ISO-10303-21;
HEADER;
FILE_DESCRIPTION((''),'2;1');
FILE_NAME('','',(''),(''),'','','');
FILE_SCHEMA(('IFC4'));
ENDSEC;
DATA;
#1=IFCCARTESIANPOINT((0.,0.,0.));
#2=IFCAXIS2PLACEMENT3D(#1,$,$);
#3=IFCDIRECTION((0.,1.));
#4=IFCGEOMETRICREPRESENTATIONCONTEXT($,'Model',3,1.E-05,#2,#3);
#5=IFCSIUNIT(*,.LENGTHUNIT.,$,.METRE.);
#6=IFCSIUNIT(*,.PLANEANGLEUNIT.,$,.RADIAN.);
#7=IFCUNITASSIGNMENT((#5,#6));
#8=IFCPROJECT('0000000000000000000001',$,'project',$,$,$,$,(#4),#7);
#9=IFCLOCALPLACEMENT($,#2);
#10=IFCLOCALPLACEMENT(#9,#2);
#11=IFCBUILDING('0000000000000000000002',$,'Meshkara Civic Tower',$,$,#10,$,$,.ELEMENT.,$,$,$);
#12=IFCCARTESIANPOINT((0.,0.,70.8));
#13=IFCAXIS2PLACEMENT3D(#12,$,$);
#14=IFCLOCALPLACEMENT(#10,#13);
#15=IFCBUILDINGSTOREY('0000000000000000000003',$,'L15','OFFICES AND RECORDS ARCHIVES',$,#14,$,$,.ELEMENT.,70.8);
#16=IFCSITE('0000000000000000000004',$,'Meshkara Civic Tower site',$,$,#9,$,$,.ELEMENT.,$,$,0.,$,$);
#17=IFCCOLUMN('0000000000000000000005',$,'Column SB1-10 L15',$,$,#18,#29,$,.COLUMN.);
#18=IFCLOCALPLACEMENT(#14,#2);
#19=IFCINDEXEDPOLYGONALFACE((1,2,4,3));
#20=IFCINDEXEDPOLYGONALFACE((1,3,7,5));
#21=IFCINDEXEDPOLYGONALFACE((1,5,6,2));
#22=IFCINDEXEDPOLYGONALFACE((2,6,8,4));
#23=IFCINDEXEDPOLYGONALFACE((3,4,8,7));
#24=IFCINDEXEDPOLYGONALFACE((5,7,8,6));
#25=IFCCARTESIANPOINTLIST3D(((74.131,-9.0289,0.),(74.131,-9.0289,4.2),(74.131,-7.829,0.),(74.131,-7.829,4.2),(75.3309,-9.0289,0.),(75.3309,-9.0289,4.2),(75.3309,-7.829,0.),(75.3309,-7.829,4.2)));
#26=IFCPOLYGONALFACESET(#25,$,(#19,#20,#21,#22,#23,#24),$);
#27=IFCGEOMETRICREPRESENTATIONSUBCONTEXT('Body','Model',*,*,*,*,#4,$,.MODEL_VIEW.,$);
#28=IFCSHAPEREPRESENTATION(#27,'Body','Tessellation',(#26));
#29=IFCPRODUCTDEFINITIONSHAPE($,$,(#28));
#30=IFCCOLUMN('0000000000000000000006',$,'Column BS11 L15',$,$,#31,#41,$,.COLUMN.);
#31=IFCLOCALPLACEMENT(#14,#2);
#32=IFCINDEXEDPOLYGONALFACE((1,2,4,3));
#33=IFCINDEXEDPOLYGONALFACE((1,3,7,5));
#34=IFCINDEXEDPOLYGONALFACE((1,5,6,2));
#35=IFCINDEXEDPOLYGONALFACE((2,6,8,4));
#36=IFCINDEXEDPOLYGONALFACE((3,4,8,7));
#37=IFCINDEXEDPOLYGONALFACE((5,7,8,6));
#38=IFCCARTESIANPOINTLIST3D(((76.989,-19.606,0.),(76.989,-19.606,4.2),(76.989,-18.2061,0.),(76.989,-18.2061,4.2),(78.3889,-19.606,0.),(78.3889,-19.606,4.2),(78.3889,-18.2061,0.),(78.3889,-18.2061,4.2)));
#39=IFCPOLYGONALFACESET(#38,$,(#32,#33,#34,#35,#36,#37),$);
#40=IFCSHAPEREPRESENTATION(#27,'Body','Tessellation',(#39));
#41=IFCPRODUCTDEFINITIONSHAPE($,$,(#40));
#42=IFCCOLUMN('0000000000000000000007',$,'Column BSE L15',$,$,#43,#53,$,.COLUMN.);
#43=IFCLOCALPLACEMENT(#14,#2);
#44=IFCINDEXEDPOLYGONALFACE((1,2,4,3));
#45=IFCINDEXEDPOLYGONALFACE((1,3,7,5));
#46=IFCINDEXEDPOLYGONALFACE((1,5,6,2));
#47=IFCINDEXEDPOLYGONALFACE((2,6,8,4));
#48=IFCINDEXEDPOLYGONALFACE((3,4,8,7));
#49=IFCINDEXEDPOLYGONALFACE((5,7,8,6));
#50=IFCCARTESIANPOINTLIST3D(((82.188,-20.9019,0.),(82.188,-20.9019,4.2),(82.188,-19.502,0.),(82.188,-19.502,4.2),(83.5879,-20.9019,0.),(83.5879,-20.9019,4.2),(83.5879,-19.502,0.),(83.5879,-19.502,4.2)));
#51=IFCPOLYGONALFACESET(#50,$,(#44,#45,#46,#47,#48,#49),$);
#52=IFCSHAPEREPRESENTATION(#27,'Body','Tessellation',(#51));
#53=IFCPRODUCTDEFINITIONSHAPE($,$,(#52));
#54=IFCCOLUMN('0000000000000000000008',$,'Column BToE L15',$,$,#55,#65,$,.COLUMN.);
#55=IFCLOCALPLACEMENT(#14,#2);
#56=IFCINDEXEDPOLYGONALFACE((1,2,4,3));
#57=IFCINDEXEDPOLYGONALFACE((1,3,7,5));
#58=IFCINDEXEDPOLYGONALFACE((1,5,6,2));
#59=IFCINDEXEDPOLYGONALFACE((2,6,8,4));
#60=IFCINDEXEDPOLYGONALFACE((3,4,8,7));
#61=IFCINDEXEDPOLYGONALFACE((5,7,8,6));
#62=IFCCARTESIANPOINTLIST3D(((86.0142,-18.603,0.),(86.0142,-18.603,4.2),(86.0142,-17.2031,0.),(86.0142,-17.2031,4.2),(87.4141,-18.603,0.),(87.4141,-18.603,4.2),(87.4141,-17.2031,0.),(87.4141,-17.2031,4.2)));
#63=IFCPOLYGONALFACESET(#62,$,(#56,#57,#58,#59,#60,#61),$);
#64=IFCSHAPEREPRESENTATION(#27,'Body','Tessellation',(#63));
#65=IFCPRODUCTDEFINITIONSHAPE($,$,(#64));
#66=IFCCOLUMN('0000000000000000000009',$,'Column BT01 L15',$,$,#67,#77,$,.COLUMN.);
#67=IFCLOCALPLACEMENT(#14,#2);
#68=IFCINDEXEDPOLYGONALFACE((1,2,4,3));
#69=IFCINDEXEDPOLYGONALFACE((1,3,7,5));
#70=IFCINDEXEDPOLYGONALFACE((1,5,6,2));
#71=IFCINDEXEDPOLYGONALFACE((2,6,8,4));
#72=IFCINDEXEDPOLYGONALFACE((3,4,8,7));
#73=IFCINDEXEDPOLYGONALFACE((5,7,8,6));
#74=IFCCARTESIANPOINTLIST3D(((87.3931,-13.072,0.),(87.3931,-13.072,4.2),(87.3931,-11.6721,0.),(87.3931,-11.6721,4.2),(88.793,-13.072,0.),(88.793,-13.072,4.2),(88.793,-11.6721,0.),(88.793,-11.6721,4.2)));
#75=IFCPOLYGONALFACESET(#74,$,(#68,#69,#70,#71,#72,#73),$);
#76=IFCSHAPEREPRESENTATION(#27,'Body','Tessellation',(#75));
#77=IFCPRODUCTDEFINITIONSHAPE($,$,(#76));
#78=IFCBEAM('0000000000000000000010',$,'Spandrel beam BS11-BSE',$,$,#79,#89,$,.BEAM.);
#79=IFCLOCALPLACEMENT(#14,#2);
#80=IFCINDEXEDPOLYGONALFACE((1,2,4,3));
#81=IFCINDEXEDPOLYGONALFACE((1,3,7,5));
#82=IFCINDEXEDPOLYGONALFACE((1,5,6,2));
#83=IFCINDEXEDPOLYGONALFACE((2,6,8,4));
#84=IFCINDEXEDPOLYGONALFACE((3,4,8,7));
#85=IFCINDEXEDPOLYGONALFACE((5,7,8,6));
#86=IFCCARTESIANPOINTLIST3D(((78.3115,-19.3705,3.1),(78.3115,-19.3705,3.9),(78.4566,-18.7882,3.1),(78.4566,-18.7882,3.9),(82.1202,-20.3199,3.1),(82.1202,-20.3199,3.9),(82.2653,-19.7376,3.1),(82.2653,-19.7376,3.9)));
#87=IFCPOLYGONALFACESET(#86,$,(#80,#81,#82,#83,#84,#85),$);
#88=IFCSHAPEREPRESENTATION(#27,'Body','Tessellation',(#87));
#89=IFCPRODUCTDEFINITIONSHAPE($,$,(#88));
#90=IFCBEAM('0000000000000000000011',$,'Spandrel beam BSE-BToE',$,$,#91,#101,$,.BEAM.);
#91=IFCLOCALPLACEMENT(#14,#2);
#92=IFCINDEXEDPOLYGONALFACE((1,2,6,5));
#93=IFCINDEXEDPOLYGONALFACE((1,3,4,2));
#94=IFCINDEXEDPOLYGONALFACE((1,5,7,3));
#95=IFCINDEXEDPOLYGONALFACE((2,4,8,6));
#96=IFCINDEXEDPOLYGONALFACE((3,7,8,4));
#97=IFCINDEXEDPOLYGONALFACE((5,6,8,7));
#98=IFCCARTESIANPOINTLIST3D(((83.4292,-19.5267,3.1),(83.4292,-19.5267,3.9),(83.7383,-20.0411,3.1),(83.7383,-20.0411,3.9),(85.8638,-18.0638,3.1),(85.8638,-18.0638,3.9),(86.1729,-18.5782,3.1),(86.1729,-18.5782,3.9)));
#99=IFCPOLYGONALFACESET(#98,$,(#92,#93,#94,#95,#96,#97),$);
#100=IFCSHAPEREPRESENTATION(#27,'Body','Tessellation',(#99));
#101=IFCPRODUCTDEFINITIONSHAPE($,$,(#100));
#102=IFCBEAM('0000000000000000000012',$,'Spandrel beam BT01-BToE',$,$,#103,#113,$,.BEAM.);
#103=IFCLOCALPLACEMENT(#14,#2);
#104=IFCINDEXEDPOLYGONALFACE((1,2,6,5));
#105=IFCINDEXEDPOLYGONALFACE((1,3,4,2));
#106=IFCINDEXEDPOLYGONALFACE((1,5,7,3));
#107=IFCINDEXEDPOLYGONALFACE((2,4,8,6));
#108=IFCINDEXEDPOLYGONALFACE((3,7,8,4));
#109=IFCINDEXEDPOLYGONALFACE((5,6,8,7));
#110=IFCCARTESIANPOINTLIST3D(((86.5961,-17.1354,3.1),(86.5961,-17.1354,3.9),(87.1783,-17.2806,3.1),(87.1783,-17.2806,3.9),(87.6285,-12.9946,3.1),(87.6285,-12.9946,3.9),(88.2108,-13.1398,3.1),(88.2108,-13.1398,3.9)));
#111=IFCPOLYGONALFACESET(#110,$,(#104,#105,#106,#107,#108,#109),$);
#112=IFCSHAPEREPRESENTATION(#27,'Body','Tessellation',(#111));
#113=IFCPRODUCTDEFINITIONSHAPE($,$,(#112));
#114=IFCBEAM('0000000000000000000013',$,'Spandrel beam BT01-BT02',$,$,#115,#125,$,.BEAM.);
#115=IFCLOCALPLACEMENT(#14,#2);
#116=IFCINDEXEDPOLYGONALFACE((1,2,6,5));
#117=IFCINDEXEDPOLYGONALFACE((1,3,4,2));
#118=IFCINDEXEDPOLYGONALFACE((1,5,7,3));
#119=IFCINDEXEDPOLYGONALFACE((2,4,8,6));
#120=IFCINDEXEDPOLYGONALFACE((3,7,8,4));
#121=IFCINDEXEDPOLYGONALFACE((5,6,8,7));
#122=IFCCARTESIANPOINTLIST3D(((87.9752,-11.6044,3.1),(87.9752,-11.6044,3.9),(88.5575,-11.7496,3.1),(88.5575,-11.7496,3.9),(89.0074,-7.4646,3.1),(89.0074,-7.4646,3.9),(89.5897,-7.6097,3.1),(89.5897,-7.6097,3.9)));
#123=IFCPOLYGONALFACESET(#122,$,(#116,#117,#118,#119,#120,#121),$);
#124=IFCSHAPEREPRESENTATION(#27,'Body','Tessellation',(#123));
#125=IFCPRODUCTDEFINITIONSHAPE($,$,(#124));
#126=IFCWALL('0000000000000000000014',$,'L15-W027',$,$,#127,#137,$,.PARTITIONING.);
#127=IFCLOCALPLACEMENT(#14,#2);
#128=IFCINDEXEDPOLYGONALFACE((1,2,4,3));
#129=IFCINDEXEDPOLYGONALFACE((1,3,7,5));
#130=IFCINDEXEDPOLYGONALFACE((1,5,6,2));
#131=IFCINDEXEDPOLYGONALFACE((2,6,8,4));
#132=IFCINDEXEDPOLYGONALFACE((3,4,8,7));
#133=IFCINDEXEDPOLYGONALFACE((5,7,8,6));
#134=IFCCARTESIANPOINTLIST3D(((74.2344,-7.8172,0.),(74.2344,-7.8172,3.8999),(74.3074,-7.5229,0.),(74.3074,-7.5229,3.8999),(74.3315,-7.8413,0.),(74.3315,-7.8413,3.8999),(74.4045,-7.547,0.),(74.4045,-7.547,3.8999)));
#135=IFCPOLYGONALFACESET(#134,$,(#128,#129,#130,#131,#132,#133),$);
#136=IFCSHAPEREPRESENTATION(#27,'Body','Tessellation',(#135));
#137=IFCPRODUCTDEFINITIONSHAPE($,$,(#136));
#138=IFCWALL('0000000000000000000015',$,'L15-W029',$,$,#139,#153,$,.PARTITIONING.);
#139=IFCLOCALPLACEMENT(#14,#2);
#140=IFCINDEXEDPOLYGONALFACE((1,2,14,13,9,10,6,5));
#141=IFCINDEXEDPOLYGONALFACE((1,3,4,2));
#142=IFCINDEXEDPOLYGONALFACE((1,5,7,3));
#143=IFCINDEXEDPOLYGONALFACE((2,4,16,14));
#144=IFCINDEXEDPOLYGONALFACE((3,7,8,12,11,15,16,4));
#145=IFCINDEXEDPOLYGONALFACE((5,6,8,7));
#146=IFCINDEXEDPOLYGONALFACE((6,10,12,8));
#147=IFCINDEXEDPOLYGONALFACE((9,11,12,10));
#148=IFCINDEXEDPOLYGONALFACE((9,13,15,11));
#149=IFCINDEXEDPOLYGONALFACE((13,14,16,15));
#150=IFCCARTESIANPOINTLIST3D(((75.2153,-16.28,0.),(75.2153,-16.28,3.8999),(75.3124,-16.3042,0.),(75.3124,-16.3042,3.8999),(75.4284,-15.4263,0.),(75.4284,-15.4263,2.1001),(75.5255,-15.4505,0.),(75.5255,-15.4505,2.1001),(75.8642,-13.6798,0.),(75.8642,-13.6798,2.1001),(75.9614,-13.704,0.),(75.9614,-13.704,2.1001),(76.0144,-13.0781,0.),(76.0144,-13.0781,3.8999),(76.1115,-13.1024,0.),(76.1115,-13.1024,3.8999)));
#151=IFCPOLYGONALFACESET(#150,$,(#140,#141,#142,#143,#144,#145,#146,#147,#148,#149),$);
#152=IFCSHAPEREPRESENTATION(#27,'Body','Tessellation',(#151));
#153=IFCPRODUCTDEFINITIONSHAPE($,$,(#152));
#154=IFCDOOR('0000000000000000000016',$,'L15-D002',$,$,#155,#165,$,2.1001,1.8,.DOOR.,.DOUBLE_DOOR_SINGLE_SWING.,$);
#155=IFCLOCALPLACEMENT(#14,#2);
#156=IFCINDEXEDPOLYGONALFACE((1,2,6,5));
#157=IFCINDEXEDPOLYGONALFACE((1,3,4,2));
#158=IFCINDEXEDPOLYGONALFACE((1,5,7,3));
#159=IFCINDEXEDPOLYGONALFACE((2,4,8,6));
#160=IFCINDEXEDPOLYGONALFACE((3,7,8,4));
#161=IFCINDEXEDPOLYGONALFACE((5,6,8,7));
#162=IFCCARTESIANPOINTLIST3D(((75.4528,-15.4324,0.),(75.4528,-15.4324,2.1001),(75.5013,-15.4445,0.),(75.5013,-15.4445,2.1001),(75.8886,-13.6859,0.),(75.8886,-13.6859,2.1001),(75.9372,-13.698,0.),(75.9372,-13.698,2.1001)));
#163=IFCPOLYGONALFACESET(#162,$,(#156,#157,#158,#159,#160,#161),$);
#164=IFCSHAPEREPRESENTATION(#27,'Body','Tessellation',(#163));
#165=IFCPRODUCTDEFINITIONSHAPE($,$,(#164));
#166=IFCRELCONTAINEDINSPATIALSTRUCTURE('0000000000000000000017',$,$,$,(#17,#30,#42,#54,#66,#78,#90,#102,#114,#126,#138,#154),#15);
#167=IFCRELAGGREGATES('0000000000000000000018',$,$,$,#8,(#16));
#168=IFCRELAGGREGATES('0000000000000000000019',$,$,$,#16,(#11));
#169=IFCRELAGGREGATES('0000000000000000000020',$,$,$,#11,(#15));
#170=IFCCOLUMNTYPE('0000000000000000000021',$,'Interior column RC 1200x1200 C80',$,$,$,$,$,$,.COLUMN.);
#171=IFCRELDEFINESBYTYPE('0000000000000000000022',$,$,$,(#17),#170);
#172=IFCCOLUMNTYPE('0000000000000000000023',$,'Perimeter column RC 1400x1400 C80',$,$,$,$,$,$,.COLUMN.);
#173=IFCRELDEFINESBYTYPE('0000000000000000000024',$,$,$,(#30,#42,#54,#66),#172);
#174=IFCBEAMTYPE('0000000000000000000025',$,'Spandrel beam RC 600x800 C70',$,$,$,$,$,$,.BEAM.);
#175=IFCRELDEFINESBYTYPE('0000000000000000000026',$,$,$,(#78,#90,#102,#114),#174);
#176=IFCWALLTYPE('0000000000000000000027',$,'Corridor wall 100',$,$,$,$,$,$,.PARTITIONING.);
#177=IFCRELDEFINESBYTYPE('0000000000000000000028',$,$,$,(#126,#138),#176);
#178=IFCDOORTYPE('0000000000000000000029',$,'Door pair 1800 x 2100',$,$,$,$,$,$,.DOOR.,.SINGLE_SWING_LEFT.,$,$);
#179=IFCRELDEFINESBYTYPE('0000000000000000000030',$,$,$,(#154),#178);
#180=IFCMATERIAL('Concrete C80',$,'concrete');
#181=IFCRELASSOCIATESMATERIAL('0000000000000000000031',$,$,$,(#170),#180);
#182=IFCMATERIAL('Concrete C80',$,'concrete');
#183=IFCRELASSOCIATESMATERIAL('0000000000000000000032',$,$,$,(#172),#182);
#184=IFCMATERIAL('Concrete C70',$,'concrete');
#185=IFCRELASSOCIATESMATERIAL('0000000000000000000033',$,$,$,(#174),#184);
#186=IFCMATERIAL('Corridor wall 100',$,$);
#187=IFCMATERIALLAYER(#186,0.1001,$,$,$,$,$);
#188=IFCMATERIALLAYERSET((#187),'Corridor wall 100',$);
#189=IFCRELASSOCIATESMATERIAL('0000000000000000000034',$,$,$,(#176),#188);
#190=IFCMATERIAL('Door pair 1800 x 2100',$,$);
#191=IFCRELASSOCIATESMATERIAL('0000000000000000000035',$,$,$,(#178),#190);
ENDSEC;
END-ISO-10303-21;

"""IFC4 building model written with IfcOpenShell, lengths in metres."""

from ifc_helpers import new_model, si_unit, direction, frame, frame_2d, origin, origin_2d, place, context, subcontext, project, spatial, rectangle, extrude, material, layer, layer_set, material_profile, profile_set, type_object, element, fill, save


model = new_model("IFC4")

# Units and contexts
model_context = context("Model", 3, precision=1e-05, world=origin(), true_north=direction((0.0, 1.0)))
body_context = subcontext(model_context, "Body", "Model", "MODEL_VIEW")
ifc_project = project(units=[si_unit("LENGTHUNIT", "METRE"), si_unit("PLANEANGLEUNIT", "RADIAN")], contexts=[model_context])

# Site, building, storey
site_placement = place(None, origin())
site = spatial("IfcSite", under=ifc_project, at=site_placement, Name="Meshkara Civic Tower site", CompositionType="ELEMENT", RefElevation=0.0)
building_placement = place(site_placement, origin())
building = spatial("IfcBuilding", under=site, at=building_placement, Name="Meshkara Civic Tower", CompositionType="ELEMENT")
storey_placement = place(building_placement, frame((0.0, 0.0, 70.8)))
storey = spatial("IfcBuildingStorey", under=building, at=storey_placement, Name="L15", Description="OFFICES AND RECORDS ARCHIVES", CompositionType="ELEMENT", Elevation=70.8)

# Columns
ifc_material_1 = material(Name="Concrete C80", Category="concrete")
ifc_material_profile_1 = material_profile(ifc_material_1, rectangle(XDim=1.2, YDim=1.2, at=origin_2d()))
ifc_profile_set_1 = profile_set([ifc_material_profile_1], Name="Concrete C80")
column_type_1 = type_object("IfcColumnType", Name="Interior column RC 1200x1200 C80", PredefinedType="COLUMN", material=ifc_profile_set_1)
column_placement = place(storey_placement, frame((74.731, -8.429, 0.0), z_axis=(0.0, 0.0, 1.0), x_axis=(1.0, 0.0, 0.0)))
element("IfcColumn", 1, at=column_placement, inside=storey, type_object=column_type_1, Name="Column SB1-10 L15", PredefinedType="COLUMN", context=body_context, shape_type="SweptSolid", body=[
    extrude(rectangle(XDim=1.2, YDim=1.2, at=origin_2d()), origin(), (0.0, 0.0, 1.0), 4.2),
])
ifc_material_2 = material(Name="Concrete C80", Category="concrete")
ifc_material_profile_2 = material_profile(ifc_material_2, rectangle(XDim=1.3999, YDim=1.3999, at=origin_2d()))
ifc_profile_set_2 = profile_set([ifc_material_profile_2], Name="Concrete C80")
column_type_2 = type_object("IfcColumnType", Name="Perimeter column RC 1400x1400 C80", PredefinedType="COLUMN", material=ifc_profile_set_2)
for number, where, z_axis, x_axis, name in (
    (2, (77.689, -18.906, 0.0), (0.0, 0.0, 1.0), (1.0, 0.0, 0.0), "Column BS11 L15"),
    (3, (82.8879, -20.2019, 0.0), (0.0, 0.0, 1.0), (1.0, 0.0, 0.0), "Column BSE L15"),
    (4, (86.7141, -17.9031, 0.0), (0.0, 0.0, 1.0), (1.0, 0.0, 0.0), "Column BToE L15"),
    (5, (88.093, -12.3721, 0.0), (0.0, 0.0, 1.0), (1.0, 0.0, 0.0), "Column BT01 L15"),
):
    element("IfcColumn", number, at=place(storey_placement, frame(where, z_axis=z_axis, x_axis=x_axis)), inside=storey, type_object=column_type_2, Name=name, PredefinedType="COLUMN", context=body_context, shape_type="SweptSolid", body=[
        extrude(rectangle(XDim=1.3999, YDim=1.3999, at=origin_2d()), origin(), (0.0, 0.0, 1.0), 4.2),
    ])

# Beams
ifc_material_3 = material(Name="Concrete C70", Category="concrete")
ifc_material_profile_3 = material_profile(ifc_material_3, rectangle(XDim=0.6001, YDim=0.8, at=origin_2d()))
ifc_profile_set_3 = profile_set([ifc_material_profile_3], Name="Concrete C70")
beam_type = type_object("IfcBeamType", Name="Spandrel beam RC 600x800 C70", PredefinedType="BEAM", material=ifc_profile_set_3)
beam_1_placement = place(storey_placement, frame((78.384, -19.0793, 3.5), z_axis=(0.970307, -0.241877, 0.0), x_axis=(0.241877, 0.970307, 0.0)))
element("IfcBeam", 6, at=beam_1_placement, inside=storey, type_object=beam_type, Name="Spandrel beam BS11-BSE", PredefinedType="BEAM", context=body_context, shape_type="SweptSolid", body=[
    extrude(rectangle(XDim=0.6001, YDim=0.8, at=origin_2d()), origin(), (0.0, 0.0, 1.0), 3.9253),
])
beam_2_placement = place(storey_placement, frame((83.5837, -19.7839, 3.5), z_axis=(0.857159, 0.515052, 0.0), x_axis=(-0.515052, 0.857159, 0.0)))
element("IfcBeam", 7, at=beam_2_placement, inside=storey, type_object=beam_type, Name="Spandrel beam BSE-BToE", PredefinedType="BEAM", context=body_context, shape_type="SweptSolid", body=[
    extrude(rectangle(XDim=0.6001, YDim=0.8, at=origin_2d()), origin(), (0.0, 0.0, 1.0), 2.8403),
])
beam_3_placement = place(storey_placement, frame((86.8872, -17.208, 3.5), z_axis=(0.24193, 0.970294, 0.0), x_axis=(-0.970294, 0.24193, 0.0)))
element("IfcBeam", 8, at=beam_3_placement, inside=storey, type_object=beam_type, Name="Spandrel beam BT01-BToE", PredefinedType="BEAM", context=body_context, shape_type="SweptSolid", body=[
    extrude(rectangle(XDim=0.6001, YDim=0.8, at=origin_2d()), origin(), (0.0, 0.0, 1.0), 4.2676),
])
beam_4_placement = place(storey_placement, frame((88.2664, -11.677, 3.5), z_axis=(0.24193, 0.970294, 0.0), x_axis=(-0.970294, 0.24193, 0.0)))
element("IfcBeam", 9, at=beam_4_placement, inside=storey, type_object=beam_type, Name="Spandrel beam BT01-BT02", PredefinedType="BEAM", context=body_context, shape_type="SweptSolid", body=[
    extrude(rectangle(XDim=0.6001, YDim=0.8, at=origin_2d()), origin(), (0.0, 0.0, 1.0), 4.2666),
])

# Wall
ifc_material_4 = material(Name="Corridor wall 100")
ifc_layer_1 = layer(ifc_material_4, 0.1001)
ifc_layer_set_1 = layer_set([ifc_layer_1], Name="Corridor wall 100")
wall_type_1 = type_object("IfcWallType", Name="Corridor wall 100", PredefinedType="PARTITIONING", material=ifc_layer_set_1)
wall_1_placement = place(storey_placement, frame((74.356, -7.5349, 0.0), z_axis=(0.0, 0.0, 1.0), x_axis=(-0.24083, -0.970567, 0.0)))
element("IfcWall", 10, at=wall_1_placement, inside=storey, type_object=wall_type_1, Name="L15-W027", PredefinedType="PARTITIONING", context=body_context, shape_type="SweptSolid", body=[
    extrude(rectangle(XDim=0.3032, YDim=0.1001, at=frame_2d((0.1516, 0.0))), origin(), (0.0, 0.0, 1.0), 3.8999),
])

# Wall, opening, door
wall_2_placement = place(storey_placement, frame((75.2639, -16.292, 0.0), z_axis=(0.0, 0.0, 1.0), x_axis=(0.242135, 0.970243, 0.0)))
wall_2 = element("IfcWall", 11, at=wall_2_placement, inside=storey, type_object=wall_type_1, Name="L15-W029", PredefinedType="PARTITIONING", context=body_context, shape_type="SweptSolid", body=[
    extrude(rectangle(XDim=3.3, YDim=0.1001, at=frame_2d((1.6499, 0.0))), origin(), (0.0, 0.0, 1.0), 3.8999),
])
opening_1_placement = place(wall_2_placement, frame((0.8799, 0.0, 0.0)))
opening_1 = element("IfcOpeningElement", 12, at=opening_1_placement, cuts=wall_2, PredefinedType="OPENING", context=body_context, shape_type="SweptSolid", body=[
    extrude(rectangle(XDim=1.8, YDim=2.1001, at=frame_2d((0.8999, 1.05))), frame((0.0, 0.0601, 0.0), z_axis=(0.0, -1.0, 0.0), x_axis=(1.0, 0.0, 0.0)), (0.0, 0.0, 1.0), 0.1201),
])
ifc_material_5 = material(Name="Door pair 1800 x 2100")
door_type_1 = type_object("IfcDoorType", Name="Door pair 1800 x 2100", OperationType="SINGLE_SWING_LEFT", PredefinedType="DOOR", material=ifc_material_5)
door_1_placement = place(opening_1_placement, origin())
door_1 = element("IfcDoor", 13, at=door_1_placement, inside=storey, type_object=door_type_1, Name="L15-D002", OperationType="DOUBLE_DOOR_SINGLE_SWING", OverallHeight=2.1001, OverallWidth=1.8, PredefinedType="DOOR", context=body_context, shape_type="SweptSolid", body=[
    extrude(rectangle(XDim=1.8, YDim=2.1001, at=frame_2d((0.8999, 1.05))), frame((0.0, 0.0249, 0.0), z_axis=(0.0, -1.0, 0.0), x_axis=(1.0, 0.0, 0.0)), (0.0, 0.0, 1.0), 0.05),
])
fill(opening_1, door_1)

save(model, "model.ifc")
